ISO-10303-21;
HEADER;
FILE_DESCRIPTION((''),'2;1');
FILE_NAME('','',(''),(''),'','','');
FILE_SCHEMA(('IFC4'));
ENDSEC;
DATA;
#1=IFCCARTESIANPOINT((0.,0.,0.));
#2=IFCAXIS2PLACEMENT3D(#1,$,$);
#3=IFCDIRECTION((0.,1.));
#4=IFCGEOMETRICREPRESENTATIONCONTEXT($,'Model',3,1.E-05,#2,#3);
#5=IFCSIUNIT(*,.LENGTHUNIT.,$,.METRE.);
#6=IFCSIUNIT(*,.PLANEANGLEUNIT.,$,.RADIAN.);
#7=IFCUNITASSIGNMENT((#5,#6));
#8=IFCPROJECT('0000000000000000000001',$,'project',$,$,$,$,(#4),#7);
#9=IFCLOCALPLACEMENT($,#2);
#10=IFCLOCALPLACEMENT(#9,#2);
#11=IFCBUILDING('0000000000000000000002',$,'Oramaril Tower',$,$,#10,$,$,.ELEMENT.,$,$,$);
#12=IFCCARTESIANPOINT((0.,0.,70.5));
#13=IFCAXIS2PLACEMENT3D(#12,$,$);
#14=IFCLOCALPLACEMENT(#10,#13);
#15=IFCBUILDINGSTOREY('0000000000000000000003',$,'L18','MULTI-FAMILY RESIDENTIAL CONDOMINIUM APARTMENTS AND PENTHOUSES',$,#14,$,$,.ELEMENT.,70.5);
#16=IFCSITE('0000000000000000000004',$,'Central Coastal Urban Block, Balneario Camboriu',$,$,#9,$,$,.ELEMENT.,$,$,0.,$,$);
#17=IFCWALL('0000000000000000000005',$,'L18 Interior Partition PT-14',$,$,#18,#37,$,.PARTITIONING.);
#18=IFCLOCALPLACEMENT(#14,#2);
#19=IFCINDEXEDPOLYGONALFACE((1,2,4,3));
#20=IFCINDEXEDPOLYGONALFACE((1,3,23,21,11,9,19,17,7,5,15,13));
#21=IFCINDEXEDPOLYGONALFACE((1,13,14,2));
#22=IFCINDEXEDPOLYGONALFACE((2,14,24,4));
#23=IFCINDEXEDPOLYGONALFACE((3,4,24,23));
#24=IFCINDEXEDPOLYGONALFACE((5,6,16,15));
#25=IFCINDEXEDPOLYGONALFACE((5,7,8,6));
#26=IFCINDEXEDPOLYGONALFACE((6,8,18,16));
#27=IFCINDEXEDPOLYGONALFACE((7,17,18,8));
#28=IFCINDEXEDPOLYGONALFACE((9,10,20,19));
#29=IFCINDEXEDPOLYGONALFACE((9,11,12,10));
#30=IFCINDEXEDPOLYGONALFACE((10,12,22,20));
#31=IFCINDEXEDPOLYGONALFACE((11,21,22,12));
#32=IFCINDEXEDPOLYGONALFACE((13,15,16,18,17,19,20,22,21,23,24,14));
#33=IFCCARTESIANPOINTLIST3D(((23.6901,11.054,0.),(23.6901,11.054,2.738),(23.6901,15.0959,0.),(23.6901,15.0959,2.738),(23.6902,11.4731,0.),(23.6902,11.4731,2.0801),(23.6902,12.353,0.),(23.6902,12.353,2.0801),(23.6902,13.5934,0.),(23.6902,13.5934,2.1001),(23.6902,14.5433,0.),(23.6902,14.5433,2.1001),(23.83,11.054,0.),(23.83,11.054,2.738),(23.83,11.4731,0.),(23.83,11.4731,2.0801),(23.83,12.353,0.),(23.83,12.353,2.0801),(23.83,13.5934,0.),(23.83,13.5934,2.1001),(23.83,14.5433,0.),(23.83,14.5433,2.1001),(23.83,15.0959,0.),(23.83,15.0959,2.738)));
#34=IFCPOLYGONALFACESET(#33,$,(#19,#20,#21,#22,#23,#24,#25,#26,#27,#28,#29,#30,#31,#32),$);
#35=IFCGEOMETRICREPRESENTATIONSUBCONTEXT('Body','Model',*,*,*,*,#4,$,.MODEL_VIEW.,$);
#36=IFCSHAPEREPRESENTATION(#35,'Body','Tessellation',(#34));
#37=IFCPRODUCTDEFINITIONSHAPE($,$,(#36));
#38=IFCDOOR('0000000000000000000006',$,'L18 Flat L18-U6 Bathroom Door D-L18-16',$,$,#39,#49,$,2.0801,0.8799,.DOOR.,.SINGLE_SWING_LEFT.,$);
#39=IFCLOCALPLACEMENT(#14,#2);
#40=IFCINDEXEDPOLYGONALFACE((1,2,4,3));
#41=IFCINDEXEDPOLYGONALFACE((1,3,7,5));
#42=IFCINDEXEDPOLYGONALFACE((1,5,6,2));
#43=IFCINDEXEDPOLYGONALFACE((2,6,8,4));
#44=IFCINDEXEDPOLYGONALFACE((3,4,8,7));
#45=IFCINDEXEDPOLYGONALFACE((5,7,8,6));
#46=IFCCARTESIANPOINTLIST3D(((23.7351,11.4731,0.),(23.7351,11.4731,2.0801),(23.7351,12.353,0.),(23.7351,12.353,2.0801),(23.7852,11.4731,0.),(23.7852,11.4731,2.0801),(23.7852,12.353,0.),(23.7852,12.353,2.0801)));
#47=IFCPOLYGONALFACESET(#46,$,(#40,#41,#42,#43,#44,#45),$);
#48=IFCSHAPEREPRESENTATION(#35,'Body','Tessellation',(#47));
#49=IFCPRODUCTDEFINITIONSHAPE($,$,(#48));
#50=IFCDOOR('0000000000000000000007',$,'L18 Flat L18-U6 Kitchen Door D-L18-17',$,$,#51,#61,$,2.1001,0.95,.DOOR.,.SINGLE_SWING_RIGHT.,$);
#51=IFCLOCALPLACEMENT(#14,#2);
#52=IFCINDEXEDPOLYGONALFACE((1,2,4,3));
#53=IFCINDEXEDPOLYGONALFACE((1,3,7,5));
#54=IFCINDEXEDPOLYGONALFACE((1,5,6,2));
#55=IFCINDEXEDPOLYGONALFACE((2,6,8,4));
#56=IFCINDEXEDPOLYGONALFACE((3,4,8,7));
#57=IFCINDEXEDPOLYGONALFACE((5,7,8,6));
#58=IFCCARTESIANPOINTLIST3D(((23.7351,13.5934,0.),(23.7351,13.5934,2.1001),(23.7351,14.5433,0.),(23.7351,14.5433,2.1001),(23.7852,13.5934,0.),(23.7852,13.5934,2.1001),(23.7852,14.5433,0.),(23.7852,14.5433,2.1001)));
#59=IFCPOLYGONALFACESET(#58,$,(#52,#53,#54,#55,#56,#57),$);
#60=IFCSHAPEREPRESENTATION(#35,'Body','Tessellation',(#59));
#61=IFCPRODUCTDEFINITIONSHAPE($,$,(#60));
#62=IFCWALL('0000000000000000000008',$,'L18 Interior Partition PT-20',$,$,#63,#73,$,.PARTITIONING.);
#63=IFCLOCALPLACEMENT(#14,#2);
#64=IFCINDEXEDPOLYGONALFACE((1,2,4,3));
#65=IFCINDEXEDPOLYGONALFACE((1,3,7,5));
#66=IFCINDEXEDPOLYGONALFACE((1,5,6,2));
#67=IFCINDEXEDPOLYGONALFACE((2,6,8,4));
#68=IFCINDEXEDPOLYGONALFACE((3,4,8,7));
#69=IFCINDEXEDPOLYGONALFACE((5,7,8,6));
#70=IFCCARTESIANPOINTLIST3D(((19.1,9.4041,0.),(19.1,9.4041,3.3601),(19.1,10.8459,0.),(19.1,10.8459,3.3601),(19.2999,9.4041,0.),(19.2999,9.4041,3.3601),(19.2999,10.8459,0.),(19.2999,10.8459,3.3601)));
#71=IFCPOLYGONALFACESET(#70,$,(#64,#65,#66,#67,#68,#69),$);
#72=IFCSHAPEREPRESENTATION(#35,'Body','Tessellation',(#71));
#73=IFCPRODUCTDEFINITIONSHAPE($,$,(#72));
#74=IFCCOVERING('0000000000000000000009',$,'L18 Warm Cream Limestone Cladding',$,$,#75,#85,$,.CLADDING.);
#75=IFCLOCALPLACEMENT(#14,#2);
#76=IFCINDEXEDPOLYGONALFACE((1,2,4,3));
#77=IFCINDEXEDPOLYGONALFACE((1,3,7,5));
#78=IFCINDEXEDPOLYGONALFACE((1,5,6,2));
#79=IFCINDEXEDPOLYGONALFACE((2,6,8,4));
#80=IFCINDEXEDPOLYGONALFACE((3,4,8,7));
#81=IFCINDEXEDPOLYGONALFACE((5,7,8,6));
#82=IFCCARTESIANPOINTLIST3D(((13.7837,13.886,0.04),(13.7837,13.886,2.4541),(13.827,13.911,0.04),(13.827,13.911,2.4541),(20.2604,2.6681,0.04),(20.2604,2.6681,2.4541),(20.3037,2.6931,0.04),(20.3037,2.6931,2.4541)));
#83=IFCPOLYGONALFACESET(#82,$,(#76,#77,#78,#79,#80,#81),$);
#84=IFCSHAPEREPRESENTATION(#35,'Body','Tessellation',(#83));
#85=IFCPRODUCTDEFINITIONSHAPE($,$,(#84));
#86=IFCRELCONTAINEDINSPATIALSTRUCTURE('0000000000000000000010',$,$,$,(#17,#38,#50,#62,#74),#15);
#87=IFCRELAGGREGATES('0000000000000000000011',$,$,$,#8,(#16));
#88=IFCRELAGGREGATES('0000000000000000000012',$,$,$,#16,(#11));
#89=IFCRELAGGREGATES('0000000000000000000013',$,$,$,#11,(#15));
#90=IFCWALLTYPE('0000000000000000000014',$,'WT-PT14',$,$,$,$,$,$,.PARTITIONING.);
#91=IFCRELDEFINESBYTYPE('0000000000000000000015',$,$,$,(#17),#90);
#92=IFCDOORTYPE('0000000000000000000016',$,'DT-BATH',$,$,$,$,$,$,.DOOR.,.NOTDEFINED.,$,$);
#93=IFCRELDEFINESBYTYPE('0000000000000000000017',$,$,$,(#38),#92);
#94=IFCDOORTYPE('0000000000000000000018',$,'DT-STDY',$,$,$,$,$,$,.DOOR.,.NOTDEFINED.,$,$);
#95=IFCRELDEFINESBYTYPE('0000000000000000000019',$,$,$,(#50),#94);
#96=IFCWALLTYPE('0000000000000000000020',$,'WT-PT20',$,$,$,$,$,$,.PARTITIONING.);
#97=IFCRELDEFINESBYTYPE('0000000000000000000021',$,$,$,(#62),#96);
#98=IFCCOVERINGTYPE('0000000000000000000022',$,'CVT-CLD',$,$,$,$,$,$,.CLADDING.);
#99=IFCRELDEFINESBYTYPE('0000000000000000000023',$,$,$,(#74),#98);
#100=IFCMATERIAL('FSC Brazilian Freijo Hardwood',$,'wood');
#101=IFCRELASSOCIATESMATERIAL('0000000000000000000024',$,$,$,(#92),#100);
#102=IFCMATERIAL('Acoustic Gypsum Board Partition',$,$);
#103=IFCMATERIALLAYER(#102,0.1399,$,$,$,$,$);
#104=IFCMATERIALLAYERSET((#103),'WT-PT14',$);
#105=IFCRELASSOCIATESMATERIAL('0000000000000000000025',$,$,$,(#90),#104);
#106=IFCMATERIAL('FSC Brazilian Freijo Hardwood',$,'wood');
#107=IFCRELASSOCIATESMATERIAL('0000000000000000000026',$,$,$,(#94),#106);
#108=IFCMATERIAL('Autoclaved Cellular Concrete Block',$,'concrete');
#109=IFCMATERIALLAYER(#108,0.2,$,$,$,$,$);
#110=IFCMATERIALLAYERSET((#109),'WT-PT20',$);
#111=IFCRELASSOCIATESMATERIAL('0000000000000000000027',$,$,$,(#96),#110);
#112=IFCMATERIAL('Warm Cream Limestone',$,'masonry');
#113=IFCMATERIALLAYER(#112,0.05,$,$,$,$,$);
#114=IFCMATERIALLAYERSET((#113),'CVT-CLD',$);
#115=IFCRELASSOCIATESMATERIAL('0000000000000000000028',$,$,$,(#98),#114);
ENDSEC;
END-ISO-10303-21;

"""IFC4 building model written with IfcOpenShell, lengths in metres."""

from ifc_helpers import new_model, si_unit, direction, frame, frame_2d, origin, origin_2d, place, context, subcontext, project, spatial, rectangle, extrude, material, layer, layer_set, type_object, element, fill, save


model = new_model("IFC4")

# Units and contexts
model_context = context("Model", 3, precision=1e-05, world=origin(), true_north=direction((0.0, 1.0)))
body_context = subcontext(model_context, "Body", "Model", "MODEL_VIEW")
ifc_project = project(units=[si_unit("LENGTHUNIT", "METRE"), si_unit("PLANEANGLEUNIT", "RADIAN")], contexts=[model_context])

# Site, building, storey
site_placement = place(None, origin())
site = spatial("IfcSite", under=ifc_project, at=site_placement, Name="Central Coastal Urban Block, Balneario Camboriu", CompositionType="ELEMENT", RefElevation=0.0)
building_placement = place(site_placement, origin())
building = spatial("IfcBuilding", under=site, at=building_placement, Name="Oramaril Tower", CompositionType="ELEMENT")
storey_placement = place(building_placement, frame((0.0, 0.0, 70.5)))
storey = spatial("IfcBuildingStorey", under=building, at=storey_placement, Name="L18", Description="MULTI-FAMILY RESIDENTIAL CONDOMINIUM APARTMENTS AND PENTHOUSES", CompositionType="ELEMENT", Elevation=70.5)

# Shared definitions
ifc_material_1 = material(Name="FSC Brazilian Freijo Hardwood", Category="wood")
door_type_1 = type_object("IfcDoorType", Name="DT-BATH", OperationType="NOTDEFINED", PredefinedType="DOOR", material=ifc_material_1)

# Wall, openings, doors
ifc_material_2 = material(Name="Acoustic Gypsum Board Partition")
ifc_layer_1 = layer(ifc_material_2, 0.1399)
ifc_layer_set_1 = layer_set([ifc_layer_1], Name="WT-PT14")
wall_type_1 = type_object("IfcWallType", Name="WT-PT14", PredefinedType="PARTITIONING", material=ifc_layer_set_1)
wall_1_placement = place(storey_placement, frame((23.76, 11.054, 0.0), z_axis=(0.0, 0.0, 1.0), x_axis=(0.0, 1.0, 0.0)))
wall_1 = element("IfcWall", 1, at=wall_1_placement, inside=storey, type_object=wall_type_1, Name="L18 Interior Partition PT-14", PredefinedType="PARTITIONING", context=body_context, shape_type="SweptSolid", body=[
    extrude(rectangle(XDim=4.042, YDim=0.1399, at=frame_2d((2.021, 0.0))), origin(), (0.0, 0.0, 1.0), 2.738),
])
opening_1_placement = place(wall_1_placement, frame((0.4192, 0.0, 0.0)))
opening_1 = element("IfcOpeningElement", 2, at=opening_1_placement, cuts=wall_1, PredefinedType="OPENING", context=body_context, shape_type="SweptSolid", body=[
    extrude(rectangle(XDim=0.8799, YDim=2.0801, at=frame_2d((0.4399, 1.04))), frame((0.0, 0.0698, 0.0), z_axis=(0.0, -1.0, 0.0), x_axis=(1.0, 0.0, 0.0)), (0.0, 0.0, 1.0), 0.1399),
])
opening_2_placement = place(wall_1_placement, frame((2.5393, 0.0, 0.0)))
opening_2 = element("IfcOpeningElement", 3, at=opening_2_placement, cuts=wall_1, PredefinedType="OPENING", context=body_context, shape_type="SweptSolid", body=[
    extrude(rectangle(XDim=0.95, YDim=2.1001, at=frame_2d((0.4751, 1.05))), frame((0.0, 0.0698, 0.0), z_axis=(0.0, -1.0, 0.0), x_axis=(1.0, 0.0, 0.0)), (0.0, 0.0, 1.0), 0.1399),
])
door_1_placement = place(opening_1_placement, origin())
door_1 = element("IfcDoor", 4, at=door_1_placement, inside=storey, type_object=door_type_1, Name="L18 Flat L18-U6 Bathroom Door D-L18-16", OperationType="SINGLE_SWING_LEFT", OverallHeight=2.0801, OverallWidth=0.8799, PredefinedType="DOOR", context=body_context, shape_type="SweptSolid", body=[
    extrude(rectangle(XDim=0.8799, YDim=2.0801, at=frame_2d((0.4399, 1.04))), frame((0.0, 0.0249, 0.0), z_axis=(0.0, -1.0, 0.0), x_axis=(1.0, 0.0, 0.0)), (0.0, 0.0, 1.0), 0.05),
])
fill(opening_1, door_1)
ifc_material_3 = material(Name="FSC Brazilian Freijo Hardwood", Category="wood")
door_type_2 = type_object("IfcDoorType", Name="DT-STDY", OperationType="NOTDEFINED", PredefinedType="DOOR", material=ifc_material_3)
door_2_placement = place(opening_2_placement, origin())
door_2 = element("IfcDoor", 5, at=door_2_placement, inside=storey, type_object=door_type_2, Name="L18 Flat L18-U6 Kitchen Door D-L18-17", OperationType="SINGLE_SWING_RIGHT", OverallHeight=2.1001, OverallWidth=0.95, PredefinedType="DOOR", context=body_context, shape_type="SweptSolid", body=[
    extrude(rectangle(XDim=0.95, YDim=2.1001, at=frame_2d((0.4751, 1.05))), frame((0.0, 0.0249, 0.0), z_axis=(0.0, -1.0, 0.0), x_axis=(1.0, 0.0, 0.0)), (0.0, 0.0, 1.0), 0.05),
])
fill(opening_2, door_2)
ifc_material_4 = material(Name="Autoclaved Cellular Concrete Block", Category="concrete")
ifc_layer_2 = layer(ifc_material_4, 0.2)
ifc_layer_set_2 = layer_set([ifc_layer_2], Name="WT-PT20")
wall_type_2 = type_object("IfcWallType", Name="WT-PT20", PredefinedType="PARTITIONING", material=ifc_layer_set_2)

# Wall
wall_2_placement = place(storey_placement, frame((19.2, 9.4041, 0.0), z_axis=(0.0, 0.0, 1.0), x_axis=(0.0, 1.0, 0.0)))
element("IfcWall", 6, at=wall_2_placement, inside=storey, type_object=wall_type_2, Name="L18 Interior Partition PT-20", PredefinedType="PARTITIONING", context=body_context, shape_type="SweptSolid", body=[
    extrude(rectangle(XDim=1.4419, YDim=0.2, at=frame_2d((0.7209, 0.0))), origin(), (0.0, 0.0, 1.0), 3.3601),
])

# Covering
ifc_material_5 = material(Name="Warm Cream Limestone", Category="masonry")
ifc_layer_3 = layer(ifc_material_5, 0.05)
ifc_layer_set_3 = layer_set([ifc_layer_3], Name="CVT-CLD")
covering_type = type_object("IfcCoveringType", Name="CVT-CLD", PredefinedType="CLADDING", material=ifc_layer_set_3)
covering_placement = place(storey_placement, frame((17.0437, 8.2896, 0.04), z_axis=(0.0, 0.0, 1.0), x_axis=(0.5, -0.866025, 0.0)))
element("IfcCovering", 7, at=covering_placement, inside=storey, type_object=covering_type, Name="L18 Warm Cream Limestone Cladding", PredefinedType="CLADDING", context=body_context, shape_type="SweptSolid", body=[
    extrude(rectangle(XDim=12.9534, YDim=0.05, at=origin_2d()), origin(), (0.0, 0.0, 1.0), 2.4141),
])

save(model, "model.ifc")
